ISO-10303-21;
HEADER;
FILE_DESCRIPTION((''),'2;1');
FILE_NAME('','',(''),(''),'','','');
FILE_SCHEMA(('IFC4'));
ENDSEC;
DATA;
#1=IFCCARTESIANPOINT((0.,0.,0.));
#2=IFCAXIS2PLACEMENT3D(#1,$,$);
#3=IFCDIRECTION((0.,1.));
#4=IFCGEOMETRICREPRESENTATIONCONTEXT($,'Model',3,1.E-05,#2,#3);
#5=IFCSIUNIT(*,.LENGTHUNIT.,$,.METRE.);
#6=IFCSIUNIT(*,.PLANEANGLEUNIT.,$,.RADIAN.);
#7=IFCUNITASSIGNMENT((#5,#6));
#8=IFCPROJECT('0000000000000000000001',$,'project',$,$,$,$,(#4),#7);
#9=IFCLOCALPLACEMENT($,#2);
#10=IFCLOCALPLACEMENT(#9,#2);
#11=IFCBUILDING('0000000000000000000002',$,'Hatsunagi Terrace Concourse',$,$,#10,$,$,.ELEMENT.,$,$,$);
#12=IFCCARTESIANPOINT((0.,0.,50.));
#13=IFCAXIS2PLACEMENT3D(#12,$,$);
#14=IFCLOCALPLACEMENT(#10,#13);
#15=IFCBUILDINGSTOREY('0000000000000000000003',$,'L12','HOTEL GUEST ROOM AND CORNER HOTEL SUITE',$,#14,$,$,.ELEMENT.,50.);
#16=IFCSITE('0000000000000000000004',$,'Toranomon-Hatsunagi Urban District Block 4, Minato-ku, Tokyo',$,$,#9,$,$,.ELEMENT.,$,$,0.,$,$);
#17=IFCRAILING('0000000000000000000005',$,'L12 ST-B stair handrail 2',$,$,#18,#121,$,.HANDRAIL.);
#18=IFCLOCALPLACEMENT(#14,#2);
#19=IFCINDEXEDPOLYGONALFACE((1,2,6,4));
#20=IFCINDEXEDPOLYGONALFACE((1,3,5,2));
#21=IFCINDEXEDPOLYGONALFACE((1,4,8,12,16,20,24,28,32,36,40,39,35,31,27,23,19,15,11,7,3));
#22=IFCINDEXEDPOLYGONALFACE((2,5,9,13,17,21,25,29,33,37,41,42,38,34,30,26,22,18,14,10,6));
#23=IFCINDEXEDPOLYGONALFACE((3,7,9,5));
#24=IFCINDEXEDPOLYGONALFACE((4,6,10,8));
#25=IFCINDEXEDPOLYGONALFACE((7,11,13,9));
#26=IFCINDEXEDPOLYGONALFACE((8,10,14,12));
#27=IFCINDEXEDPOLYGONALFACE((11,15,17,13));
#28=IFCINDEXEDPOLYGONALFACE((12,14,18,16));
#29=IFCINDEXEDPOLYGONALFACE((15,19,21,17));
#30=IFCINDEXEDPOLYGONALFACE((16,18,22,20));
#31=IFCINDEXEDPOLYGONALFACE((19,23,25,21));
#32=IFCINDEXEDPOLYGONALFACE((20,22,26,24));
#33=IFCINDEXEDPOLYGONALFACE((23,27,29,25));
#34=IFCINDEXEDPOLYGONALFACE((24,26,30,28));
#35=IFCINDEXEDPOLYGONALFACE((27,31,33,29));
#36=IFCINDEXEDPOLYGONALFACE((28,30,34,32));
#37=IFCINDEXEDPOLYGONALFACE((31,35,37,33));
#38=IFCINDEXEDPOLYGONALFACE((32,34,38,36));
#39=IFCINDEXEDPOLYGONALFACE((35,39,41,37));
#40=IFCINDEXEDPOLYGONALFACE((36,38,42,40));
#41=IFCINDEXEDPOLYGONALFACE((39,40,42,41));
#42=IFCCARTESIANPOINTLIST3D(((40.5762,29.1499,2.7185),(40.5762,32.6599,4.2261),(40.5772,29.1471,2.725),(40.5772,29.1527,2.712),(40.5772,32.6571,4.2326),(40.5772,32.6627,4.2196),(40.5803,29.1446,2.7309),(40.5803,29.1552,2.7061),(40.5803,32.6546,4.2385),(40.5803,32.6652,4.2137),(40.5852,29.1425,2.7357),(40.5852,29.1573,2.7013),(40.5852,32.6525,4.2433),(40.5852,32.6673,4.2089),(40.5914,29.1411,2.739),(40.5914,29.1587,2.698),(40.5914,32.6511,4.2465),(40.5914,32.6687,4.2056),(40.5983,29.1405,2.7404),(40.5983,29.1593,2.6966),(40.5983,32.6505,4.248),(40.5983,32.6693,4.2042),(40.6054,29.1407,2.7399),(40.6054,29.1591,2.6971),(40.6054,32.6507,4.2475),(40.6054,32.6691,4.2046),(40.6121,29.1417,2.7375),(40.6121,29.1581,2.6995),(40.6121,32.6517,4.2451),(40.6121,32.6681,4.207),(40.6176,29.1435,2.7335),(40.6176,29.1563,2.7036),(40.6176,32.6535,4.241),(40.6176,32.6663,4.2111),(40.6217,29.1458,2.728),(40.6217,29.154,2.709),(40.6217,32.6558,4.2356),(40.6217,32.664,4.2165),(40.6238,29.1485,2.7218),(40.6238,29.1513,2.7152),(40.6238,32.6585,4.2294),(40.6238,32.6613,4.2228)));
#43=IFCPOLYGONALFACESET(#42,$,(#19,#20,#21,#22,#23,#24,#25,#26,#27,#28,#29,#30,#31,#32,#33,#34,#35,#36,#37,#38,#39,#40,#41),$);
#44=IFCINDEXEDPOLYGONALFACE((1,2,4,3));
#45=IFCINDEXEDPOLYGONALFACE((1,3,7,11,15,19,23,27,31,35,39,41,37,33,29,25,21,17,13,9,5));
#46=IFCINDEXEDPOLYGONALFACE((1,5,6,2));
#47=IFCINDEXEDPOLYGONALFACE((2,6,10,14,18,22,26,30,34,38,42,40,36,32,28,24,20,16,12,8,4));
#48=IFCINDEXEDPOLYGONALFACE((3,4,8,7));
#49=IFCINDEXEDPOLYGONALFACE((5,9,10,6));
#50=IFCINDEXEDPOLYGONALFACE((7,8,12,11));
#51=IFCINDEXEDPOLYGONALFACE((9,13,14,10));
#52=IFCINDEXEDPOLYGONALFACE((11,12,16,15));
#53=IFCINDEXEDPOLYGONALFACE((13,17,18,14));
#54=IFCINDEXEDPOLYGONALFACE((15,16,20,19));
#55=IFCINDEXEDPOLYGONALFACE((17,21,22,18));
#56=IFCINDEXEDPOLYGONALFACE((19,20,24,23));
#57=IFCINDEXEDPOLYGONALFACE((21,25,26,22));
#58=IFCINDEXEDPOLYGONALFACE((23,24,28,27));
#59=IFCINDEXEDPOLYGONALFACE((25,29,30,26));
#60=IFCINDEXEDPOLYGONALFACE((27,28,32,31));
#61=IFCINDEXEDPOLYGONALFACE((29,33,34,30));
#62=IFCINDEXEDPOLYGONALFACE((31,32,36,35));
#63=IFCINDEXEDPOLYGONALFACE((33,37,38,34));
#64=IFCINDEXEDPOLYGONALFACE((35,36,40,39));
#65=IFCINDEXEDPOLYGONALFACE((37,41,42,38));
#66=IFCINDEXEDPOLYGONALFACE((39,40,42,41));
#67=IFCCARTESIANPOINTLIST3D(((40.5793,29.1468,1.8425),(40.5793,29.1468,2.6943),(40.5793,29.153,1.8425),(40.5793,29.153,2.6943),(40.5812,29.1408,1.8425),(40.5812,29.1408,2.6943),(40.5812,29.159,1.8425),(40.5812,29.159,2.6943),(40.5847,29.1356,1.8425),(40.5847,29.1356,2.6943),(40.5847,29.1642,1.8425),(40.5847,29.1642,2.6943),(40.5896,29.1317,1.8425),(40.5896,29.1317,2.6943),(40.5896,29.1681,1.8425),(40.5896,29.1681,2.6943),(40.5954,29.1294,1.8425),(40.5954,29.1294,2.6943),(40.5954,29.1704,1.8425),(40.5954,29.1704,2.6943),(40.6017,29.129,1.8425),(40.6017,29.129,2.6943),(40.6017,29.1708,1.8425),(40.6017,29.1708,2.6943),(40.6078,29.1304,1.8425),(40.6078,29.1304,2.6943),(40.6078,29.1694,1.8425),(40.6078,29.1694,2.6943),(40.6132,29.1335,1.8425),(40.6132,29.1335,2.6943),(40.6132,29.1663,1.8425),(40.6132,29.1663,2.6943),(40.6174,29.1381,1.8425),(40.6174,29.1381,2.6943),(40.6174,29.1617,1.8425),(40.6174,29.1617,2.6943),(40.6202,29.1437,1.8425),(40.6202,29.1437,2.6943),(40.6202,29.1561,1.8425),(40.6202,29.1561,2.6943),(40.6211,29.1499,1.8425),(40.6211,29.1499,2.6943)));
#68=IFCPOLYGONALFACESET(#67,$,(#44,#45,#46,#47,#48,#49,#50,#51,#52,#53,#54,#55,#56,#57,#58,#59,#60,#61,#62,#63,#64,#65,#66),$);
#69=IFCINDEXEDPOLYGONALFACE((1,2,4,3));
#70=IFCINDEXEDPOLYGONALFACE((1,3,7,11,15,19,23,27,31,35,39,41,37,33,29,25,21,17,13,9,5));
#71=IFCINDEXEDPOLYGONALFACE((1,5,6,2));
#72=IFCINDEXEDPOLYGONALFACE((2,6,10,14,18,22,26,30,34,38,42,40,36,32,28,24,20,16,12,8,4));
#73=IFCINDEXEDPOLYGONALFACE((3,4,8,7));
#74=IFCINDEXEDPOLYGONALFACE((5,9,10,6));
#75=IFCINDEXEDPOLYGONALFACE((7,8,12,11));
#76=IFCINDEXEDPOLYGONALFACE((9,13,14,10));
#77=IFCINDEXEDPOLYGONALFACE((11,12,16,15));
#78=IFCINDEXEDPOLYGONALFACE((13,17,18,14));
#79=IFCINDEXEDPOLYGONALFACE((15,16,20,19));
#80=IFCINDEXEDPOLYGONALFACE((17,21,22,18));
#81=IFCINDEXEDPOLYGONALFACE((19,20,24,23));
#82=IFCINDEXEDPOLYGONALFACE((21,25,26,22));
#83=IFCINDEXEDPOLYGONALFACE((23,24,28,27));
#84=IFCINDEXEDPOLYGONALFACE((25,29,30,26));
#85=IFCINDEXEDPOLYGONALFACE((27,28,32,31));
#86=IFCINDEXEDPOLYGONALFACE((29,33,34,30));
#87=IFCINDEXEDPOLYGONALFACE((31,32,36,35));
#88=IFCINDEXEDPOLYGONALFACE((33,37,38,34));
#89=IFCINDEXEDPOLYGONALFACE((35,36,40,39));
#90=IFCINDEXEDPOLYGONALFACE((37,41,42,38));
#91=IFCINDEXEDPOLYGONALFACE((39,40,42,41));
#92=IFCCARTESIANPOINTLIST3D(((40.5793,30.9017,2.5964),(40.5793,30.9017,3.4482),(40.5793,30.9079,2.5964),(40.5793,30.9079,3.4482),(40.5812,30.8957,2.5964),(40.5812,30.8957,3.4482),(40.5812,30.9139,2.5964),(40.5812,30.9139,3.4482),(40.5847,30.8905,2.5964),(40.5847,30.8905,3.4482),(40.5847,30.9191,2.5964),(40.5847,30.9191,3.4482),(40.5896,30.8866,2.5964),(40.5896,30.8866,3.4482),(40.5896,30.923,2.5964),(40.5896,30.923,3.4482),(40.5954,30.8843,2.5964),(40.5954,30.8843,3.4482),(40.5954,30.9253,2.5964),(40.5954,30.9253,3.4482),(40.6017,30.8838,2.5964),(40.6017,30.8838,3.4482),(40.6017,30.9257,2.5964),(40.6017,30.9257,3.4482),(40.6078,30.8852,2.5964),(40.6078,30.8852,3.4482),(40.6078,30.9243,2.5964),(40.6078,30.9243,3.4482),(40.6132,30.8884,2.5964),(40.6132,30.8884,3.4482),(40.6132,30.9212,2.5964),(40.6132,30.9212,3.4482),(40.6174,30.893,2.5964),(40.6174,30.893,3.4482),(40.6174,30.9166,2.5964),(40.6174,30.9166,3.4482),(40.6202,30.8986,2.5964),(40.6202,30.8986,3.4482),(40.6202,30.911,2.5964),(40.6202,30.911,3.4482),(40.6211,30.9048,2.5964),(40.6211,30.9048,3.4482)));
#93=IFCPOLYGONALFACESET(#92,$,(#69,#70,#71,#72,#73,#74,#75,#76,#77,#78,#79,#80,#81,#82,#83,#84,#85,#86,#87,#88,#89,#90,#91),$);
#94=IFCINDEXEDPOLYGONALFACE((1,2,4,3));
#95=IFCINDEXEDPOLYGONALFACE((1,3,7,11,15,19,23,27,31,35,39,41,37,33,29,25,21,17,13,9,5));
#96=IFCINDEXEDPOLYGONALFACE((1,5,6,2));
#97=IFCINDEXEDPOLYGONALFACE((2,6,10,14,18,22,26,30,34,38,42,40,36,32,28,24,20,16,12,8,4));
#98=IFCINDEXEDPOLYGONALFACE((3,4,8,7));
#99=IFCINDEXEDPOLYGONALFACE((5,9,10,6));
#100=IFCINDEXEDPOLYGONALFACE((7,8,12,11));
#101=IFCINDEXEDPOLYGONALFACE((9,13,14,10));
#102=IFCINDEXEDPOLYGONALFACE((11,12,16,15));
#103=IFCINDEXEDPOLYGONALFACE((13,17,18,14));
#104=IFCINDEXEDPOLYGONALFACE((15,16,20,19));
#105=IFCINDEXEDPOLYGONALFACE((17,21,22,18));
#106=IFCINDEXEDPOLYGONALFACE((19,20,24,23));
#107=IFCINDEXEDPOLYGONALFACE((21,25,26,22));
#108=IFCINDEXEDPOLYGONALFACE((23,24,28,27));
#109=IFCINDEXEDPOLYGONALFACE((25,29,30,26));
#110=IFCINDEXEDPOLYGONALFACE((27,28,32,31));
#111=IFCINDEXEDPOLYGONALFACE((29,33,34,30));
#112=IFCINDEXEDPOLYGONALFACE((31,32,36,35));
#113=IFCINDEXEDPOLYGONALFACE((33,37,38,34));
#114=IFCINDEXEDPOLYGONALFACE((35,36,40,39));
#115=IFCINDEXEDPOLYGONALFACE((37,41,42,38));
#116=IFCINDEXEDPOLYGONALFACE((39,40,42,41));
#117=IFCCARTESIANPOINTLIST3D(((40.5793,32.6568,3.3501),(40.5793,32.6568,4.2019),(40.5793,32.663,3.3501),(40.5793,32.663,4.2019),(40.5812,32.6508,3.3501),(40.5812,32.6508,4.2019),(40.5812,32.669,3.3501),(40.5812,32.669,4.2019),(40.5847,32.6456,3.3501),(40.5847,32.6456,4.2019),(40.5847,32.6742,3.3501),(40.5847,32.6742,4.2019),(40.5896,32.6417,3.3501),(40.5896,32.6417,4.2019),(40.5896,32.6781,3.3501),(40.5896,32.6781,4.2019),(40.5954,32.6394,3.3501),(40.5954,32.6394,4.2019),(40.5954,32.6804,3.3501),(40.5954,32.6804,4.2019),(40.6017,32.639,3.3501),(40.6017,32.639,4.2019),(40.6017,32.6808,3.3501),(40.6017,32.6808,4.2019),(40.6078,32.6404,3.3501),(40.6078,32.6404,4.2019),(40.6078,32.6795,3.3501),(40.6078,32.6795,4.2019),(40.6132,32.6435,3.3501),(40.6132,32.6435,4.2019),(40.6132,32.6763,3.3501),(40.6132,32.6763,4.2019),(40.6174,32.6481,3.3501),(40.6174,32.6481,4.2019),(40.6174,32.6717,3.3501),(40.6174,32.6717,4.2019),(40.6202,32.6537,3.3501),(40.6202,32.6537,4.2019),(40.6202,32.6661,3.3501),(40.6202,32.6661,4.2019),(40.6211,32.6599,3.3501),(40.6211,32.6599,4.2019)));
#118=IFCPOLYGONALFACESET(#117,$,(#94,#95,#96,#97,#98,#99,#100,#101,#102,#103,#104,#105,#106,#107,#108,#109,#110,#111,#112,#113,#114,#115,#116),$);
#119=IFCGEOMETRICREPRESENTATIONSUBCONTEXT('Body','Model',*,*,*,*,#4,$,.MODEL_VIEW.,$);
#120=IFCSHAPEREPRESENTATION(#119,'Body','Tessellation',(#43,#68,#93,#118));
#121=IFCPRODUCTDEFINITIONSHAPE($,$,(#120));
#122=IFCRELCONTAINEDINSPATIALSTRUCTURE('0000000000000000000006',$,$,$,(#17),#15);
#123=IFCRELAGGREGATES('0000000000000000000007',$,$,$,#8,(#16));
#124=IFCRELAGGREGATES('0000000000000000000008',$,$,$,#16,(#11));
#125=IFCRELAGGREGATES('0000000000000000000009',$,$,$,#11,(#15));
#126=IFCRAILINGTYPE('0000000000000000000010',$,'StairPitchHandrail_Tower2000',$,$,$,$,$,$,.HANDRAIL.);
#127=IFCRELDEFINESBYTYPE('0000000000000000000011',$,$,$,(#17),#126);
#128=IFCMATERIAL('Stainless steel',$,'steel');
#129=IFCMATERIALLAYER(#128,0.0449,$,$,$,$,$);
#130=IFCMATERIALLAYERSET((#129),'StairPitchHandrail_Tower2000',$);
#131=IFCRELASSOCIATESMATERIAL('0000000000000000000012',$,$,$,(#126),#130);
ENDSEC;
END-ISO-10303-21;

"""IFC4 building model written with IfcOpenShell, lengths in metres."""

from ifc_helpers import new_model, si_unit, direction, frame, origin, origin_2d, place, context, subcontext, project, spatial, circle, extrude, material, layer, layer_set, type_object, element, save


model = new_model("IFC4")

# Units and contexts
model_context = context("Model", 3, precision=1e-05, world=origin(), true_north=direction((0.0, 1.0)))
body_context = subcontext(model_context, "Body", "Model", "MODEL_VIEW")
ifc_project = project(units=[si_unit("LENGTHUNIT", "METRE"), si_unit("PLANEANGLEUNIT", "RADIAN")], contexts=[model_context])

# Site, building, storey
site_placement = place(None, origin())
site = spatial("IfcSite", under=ifc_project, at=site_placement, Name="Toranomon-Hatsunagi Urban District Block 4, Minato-ku, Tokyo", CompositionType="ELEMENT", RefElevation=0.0)
building_placement = place(site_placement, origin())
building = spatial("IfcBuilding", under=site, at=building_placement, Name="Hatsunagi Terrace Concourse", CompositionType="ELEMENT")
storey_placement = place(building_placement, frame((0.0, 0.0, 50.0)))
storey = spatial("IfcBuildingStorey", under=building, at=storey_placement, Name="L12", Description="HOTEL GUEST ROOM AND CORNER HOTEL SUITE", CompositionType="ELEMENT", Elevation=50.0)

# Railing
ifc_material_1 = material(Name="Stainless steel", Category="steel")
ifc_layer_1 = layer(ifc_material_1, 0.0449)
ifc_layer_set_1 = layer_set([ifc_layer_1], Name="StairPitchHandrail_Tower2000")
railing_type_1 = type_object("IfcRailingType", Name="StairPitchHandrail_Tower2000", PredefinedType="HANDRAIL", material=ifc_layer_set_1)
railing_1_placement = place(storey_placement, frame((40.6001, 29.1499, 1.8425)))
element("IfcRailing", 1, at=railing_1_placement, inside=storey, type_object=railing_type_1, Name="L12 ST-B stair handrail 2", PredefinedType="HANDRAIL", context=body_context, shape_type="SweptSolid", body=[
    extrude(circle(Radius=0.0239, at=origin_2d()), frame((0.0, 0.0, 0.876), z_axis=(0.0, 0.918834, 0.394644), x_axis=(-1.0, 0.0, 0.0)), (0.0, 0.0, 1.0), 3.8201),
    extrude(circle(Radius=0.021, at=origin_2d()), origin(), (0.0, 0.0, 1.0), 0.8518),
    extrude(circle(Radius=0.021, at=origin_2d()), frame((0.0, 1.7549, 0.7539)), (0.0, 0.0, 1.0), 0.8518),
    extrude(circle(Radius=0.021, at=origin_2d()), frame((0.0, 3.51, 1.5076)), (0.0, 0.0, 1.0), 0.8518),
])

save(model, "model.ifc")
